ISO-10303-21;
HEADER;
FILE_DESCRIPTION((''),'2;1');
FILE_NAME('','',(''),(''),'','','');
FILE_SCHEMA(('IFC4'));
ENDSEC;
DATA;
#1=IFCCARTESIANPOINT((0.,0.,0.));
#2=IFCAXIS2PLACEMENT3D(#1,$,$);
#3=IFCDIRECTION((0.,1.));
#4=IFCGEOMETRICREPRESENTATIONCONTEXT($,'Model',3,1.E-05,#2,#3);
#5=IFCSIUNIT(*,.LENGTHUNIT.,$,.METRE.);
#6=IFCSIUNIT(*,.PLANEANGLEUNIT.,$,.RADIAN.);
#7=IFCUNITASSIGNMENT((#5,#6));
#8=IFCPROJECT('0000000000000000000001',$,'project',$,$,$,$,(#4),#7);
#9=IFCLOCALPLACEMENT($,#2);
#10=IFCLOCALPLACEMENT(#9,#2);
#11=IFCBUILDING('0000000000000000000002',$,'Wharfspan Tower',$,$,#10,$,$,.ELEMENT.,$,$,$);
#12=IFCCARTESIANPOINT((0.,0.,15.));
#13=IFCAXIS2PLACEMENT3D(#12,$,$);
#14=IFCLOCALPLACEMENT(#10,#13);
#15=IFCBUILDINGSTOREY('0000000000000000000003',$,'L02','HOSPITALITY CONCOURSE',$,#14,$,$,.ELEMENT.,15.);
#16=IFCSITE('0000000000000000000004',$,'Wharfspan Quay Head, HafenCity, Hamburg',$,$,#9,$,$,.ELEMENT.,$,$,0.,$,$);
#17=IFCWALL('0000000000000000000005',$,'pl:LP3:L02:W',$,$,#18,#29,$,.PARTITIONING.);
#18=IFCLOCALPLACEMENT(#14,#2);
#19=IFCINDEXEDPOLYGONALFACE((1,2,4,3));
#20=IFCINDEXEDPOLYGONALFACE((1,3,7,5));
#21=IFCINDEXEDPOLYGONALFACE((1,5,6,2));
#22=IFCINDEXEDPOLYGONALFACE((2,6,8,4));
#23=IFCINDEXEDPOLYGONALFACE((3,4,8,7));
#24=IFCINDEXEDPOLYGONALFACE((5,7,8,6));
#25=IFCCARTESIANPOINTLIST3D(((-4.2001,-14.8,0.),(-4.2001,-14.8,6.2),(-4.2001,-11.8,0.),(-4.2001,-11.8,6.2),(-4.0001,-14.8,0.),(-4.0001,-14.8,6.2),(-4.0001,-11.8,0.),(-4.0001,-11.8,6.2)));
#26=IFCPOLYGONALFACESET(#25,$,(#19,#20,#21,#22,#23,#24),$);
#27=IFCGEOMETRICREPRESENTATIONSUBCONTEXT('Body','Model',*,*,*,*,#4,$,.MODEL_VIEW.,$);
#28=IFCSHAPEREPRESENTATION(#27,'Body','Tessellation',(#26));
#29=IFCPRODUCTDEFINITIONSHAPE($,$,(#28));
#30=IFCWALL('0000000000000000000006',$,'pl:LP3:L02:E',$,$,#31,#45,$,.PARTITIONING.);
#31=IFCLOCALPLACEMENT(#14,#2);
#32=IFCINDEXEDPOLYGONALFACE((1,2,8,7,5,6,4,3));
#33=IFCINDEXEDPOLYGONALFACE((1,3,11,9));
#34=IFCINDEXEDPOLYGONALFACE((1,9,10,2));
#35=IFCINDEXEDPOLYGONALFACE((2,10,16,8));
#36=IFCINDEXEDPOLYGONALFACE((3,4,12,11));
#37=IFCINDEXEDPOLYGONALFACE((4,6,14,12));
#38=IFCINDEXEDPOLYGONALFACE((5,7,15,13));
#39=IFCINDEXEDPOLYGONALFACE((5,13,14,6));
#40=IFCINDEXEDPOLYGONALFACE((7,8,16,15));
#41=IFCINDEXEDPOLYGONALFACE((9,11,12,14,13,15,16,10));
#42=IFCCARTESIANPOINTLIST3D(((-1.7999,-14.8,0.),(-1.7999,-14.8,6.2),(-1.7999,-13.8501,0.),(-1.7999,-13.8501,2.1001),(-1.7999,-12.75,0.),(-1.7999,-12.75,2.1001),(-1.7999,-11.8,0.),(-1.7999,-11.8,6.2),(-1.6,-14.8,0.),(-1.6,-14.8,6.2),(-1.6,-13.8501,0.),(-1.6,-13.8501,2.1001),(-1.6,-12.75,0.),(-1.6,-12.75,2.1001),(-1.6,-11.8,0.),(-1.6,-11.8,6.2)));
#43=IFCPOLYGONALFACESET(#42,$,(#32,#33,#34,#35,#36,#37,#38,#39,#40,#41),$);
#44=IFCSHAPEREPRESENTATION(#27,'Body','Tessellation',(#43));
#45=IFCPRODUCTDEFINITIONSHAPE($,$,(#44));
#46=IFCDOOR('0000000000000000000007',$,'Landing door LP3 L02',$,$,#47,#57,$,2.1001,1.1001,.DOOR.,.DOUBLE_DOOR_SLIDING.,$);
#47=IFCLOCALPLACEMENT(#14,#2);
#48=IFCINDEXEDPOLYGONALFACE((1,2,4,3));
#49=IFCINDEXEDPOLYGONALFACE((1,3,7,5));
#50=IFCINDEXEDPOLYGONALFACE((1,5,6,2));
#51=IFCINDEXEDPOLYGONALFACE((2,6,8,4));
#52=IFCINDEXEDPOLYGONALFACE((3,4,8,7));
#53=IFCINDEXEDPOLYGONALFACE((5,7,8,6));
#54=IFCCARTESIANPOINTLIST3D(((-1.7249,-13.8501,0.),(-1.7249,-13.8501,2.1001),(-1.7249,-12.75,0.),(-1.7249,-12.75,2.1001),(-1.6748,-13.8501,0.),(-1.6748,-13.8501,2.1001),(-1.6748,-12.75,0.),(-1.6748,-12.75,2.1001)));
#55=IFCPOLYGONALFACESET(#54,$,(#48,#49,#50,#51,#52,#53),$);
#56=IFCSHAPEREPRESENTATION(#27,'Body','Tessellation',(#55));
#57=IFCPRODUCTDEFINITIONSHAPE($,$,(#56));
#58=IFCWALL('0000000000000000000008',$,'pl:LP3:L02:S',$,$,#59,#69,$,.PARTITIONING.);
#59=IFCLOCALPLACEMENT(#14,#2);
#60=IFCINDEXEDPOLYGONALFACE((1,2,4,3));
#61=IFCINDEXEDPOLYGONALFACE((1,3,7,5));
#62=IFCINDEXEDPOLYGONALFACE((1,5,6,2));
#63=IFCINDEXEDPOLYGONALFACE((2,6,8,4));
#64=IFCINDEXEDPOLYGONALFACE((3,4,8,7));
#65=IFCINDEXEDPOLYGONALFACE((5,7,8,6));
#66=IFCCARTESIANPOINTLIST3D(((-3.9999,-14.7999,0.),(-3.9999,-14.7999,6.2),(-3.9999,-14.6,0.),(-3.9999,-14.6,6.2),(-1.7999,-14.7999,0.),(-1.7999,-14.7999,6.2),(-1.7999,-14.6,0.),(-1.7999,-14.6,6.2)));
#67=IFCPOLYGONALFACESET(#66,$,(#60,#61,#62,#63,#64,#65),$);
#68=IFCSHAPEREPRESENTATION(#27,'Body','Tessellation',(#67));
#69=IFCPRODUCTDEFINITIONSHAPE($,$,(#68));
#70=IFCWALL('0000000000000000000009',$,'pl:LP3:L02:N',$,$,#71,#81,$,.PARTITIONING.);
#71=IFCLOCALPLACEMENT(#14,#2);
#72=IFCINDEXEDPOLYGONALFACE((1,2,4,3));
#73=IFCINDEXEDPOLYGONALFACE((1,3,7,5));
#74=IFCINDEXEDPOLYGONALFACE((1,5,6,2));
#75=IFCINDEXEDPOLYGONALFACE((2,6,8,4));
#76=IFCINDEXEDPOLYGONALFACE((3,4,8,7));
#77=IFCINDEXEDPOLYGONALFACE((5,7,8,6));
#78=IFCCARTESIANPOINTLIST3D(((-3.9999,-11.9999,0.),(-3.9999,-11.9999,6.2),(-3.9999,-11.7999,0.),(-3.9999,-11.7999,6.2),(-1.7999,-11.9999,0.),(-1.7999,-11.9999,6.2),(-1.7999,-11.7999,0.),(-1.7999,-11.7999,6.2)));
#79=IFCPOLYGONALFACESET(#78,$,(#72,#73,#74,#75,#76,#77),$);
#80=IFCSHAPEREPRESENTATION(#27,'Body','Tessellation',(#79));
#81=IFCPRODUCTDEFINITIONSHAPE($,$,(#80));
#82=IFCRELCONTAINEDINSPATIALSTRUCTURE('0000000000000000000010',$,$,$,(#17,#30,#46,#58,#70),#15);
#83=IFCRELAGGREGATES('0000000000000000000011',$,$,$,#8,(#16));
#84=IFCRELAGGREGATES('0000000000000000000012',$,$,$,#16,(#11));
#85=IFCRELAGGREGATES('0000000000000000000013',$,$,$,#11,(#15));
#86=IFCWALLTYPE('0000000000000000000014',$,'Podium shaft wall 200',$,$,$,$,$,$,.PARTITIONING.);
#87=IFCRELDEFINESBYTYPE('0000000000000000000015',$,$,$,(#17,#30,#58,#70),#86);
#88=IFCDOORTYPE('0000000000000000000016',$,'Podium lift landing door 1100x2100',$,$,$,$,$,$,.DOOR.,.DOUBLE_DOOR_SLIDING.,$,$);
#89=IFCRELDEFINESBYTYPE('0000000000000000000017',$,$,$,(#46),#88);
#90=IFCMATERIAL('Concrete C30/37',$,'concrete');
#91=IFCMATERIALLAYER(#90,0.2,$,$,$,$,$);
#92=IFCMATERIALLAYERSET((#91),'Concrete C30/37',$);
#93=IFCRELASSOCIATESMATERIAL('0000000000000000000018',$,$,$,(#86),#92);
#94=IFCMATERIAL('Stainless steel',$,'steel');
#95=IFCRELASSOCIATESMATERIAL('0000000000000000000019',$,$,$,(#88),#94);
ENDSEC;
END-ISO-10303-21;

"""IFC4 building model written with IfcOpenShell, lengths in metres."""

from ifc_helpers import new_model, si_unit, direction, frame, frame_2d, origin, place, context, subcontext, project, spatial, rectangle, extrude, material, layer, layer_set, type_object, element, fill, save


model = new_model("IFC4")

# Units and contexts
model_context = context("Model", 3, precision=1e-05, world=origin(), true_north=direction((0.0, 1.0)))
body_context = subcontext(model_context, "Body", "Model", "MODEL_VIEW")
ifc_project = project(units=[si_unit("LENGTHUNIT", "METRE"), si_unit("PLANEANGLEUNIT", "RADIAN")], contexts=[model_context])

# Site, building, storey
site_placement = place(None, origin())
site = spatial("IfcSite", under=ifc_project, at=site_placement, Name="Wharfspan Quay Head, HafenCity, Hamburg", CompositionType="ELEMENT", RefElevation=0.0)
building_placement = place(site_placement, origin())
building = spatial("IfcBuilding", under=site, at=building_placement, Name="Wharfspan Tower", CompositionType="ELEMENT")
storey_placement = place(building_placement, frame((0.0, 0.0, 15.0)))
storey = spatial("IfcBuildingStorey", under=building, at=storey_placement, Name="L02", Description="HOSPITALITY CONCOURSE", CompositionType="ELEMENT", Elevation=15.0)

# Wall
ifc_material_1 = material(Name="Concrete C30/37", Category="concrete")
ifc_layer_1 = layer(ifc_material_1, 0.2)
ifc_layer_set_1 = layer_set([ifc_layer_1], Name="Concrete C30/37")
wall_type_1 = type_object("IfcWallType", Name="Podium shaft wall 200", PredefinedType="PARTITIONING", material=ifc_layer_set_1)
wall_1_placement = place(storey_placement, frame((-4.1001, -14.8, 0.0), z_axis=(0.0, 0.0, 1.0), x_axis=(0.0, 1.0, 0.0)))
element("IfcWall", 1, at=wall_1_placement, inside=storey, type_object=wall_type_1, Name="pl:LP3:L02:W", PredefinedType="PARTITIONING", context=body_context, shape_type="SweptSolid", body=[
    extrude(rectangle(XDim=3.0, YDim=0.2, at=frame_2d((1.5, 0.0))), origin(), (0.0, 0.0, 1.0), 6.2),
])

# Wall, opening, door
wall_2_placement = place(storey_placement, frame((-1.7, -14.8, 0.0), z_axis=(0.0, 0.0, 1.0), x_axis=(0.0, 1.0, 0.0)))
wall_2 = element("IfcWall", 2, at=wall_2_placement, inside=storey, type_object=wall_type_1, Name="pl:LP3:L02:E", PredefinedType="PARTITIONING", context=body_context, shape_type="SweptSolid", body=[
    extrude(rectangle(XDim=3.0, YDim=0.2, at=frame_2d((1.5, 0.0))), origin(), (0.0, 0.0, 1.0), 6.2),
])
opening_placement = place(wall_2_placement, frame((0.95, 0.0, 0.0)))
opening = element("IfcOpeningElement", 3, at=opening_placement, cuts=wall_2, PredefinedType="OPENING", context=body_context, shape_type="SweptSolid", body=[
    extrude(rectangle(XDim=1.1001, YDim=2.1001, at=frame_2d((0.55, 1.05))), frame((0.0, 0.1099, 0.0), z_axis=(0.0, -1.0, 0.0), x_axis=(1.0, 0.0, 0.0)), (0.0, 0.0, 1.0), 0.22),
])
ifc_material_2 = material(Name="Stainless steel", Category="steel")
door_type = type_object("IfcDoorType", Name="Podium lift landing door 1100x2100", OperationType="DOUBLE_DOOR_SLIDING", PredefinedType="DOOR", material=ifc_material_2)
door_placement = place(opening_placement, origin())
door = element("IfcDoor", 4, at=door_placement, inside=storey, type_object=door_type, Name="Landing door LP3 L02", OperationType="DOUBLE_DOOR_SLIDING", OverallHeight=2.1001, OverallWidth=1.1001, PredefinedType="DOOR", context=body_context, shape_type="SweptSolid", body=[
    extrude(rectangle(XDim=1.1001, YDim=2.1001, at=frame_2d((0.55, 1.05))), frame((0.0, 0.0249, 0.0), z_axis=(0.0, -1.0, 0.0), x_axis=(1.0, 0.0, 0.0)), (0.0, 0.0, 1.0), 0.05),
])
fill(opening, door)

# Walls
for number, where, z_axis, x_axis, name in (
    (5, (-4.0, -14.7, 0.0), (0.0, 0.0, 1.0), (1.0, 0.0, 0.0), "pl:LP3:L02:S"),
    (6, (-4.0, -11.8999, 0.0), (0.0, 0.0, 1.0), (1.0, 0.0, 0.0), "pl:LP3:L02:N"),
):
    element("IfcWall", number, at=place(storey_placement, frame(where, z_axis=z_axis, x_axis=x_axis)), inside=storey, type_object=wall_type_1, Name=name, PredefinedType="PARTITIONING", context=body_context, shape_type="SweptSolid", body=[
        extrude(rectangle(XDim=2.2, YDim=0.2, at=frame_2d((1.1001, 0.0))), origin(), (0.0, 0.0, 1.0), 6.2),
    ])

save(model, "model.ifc")
